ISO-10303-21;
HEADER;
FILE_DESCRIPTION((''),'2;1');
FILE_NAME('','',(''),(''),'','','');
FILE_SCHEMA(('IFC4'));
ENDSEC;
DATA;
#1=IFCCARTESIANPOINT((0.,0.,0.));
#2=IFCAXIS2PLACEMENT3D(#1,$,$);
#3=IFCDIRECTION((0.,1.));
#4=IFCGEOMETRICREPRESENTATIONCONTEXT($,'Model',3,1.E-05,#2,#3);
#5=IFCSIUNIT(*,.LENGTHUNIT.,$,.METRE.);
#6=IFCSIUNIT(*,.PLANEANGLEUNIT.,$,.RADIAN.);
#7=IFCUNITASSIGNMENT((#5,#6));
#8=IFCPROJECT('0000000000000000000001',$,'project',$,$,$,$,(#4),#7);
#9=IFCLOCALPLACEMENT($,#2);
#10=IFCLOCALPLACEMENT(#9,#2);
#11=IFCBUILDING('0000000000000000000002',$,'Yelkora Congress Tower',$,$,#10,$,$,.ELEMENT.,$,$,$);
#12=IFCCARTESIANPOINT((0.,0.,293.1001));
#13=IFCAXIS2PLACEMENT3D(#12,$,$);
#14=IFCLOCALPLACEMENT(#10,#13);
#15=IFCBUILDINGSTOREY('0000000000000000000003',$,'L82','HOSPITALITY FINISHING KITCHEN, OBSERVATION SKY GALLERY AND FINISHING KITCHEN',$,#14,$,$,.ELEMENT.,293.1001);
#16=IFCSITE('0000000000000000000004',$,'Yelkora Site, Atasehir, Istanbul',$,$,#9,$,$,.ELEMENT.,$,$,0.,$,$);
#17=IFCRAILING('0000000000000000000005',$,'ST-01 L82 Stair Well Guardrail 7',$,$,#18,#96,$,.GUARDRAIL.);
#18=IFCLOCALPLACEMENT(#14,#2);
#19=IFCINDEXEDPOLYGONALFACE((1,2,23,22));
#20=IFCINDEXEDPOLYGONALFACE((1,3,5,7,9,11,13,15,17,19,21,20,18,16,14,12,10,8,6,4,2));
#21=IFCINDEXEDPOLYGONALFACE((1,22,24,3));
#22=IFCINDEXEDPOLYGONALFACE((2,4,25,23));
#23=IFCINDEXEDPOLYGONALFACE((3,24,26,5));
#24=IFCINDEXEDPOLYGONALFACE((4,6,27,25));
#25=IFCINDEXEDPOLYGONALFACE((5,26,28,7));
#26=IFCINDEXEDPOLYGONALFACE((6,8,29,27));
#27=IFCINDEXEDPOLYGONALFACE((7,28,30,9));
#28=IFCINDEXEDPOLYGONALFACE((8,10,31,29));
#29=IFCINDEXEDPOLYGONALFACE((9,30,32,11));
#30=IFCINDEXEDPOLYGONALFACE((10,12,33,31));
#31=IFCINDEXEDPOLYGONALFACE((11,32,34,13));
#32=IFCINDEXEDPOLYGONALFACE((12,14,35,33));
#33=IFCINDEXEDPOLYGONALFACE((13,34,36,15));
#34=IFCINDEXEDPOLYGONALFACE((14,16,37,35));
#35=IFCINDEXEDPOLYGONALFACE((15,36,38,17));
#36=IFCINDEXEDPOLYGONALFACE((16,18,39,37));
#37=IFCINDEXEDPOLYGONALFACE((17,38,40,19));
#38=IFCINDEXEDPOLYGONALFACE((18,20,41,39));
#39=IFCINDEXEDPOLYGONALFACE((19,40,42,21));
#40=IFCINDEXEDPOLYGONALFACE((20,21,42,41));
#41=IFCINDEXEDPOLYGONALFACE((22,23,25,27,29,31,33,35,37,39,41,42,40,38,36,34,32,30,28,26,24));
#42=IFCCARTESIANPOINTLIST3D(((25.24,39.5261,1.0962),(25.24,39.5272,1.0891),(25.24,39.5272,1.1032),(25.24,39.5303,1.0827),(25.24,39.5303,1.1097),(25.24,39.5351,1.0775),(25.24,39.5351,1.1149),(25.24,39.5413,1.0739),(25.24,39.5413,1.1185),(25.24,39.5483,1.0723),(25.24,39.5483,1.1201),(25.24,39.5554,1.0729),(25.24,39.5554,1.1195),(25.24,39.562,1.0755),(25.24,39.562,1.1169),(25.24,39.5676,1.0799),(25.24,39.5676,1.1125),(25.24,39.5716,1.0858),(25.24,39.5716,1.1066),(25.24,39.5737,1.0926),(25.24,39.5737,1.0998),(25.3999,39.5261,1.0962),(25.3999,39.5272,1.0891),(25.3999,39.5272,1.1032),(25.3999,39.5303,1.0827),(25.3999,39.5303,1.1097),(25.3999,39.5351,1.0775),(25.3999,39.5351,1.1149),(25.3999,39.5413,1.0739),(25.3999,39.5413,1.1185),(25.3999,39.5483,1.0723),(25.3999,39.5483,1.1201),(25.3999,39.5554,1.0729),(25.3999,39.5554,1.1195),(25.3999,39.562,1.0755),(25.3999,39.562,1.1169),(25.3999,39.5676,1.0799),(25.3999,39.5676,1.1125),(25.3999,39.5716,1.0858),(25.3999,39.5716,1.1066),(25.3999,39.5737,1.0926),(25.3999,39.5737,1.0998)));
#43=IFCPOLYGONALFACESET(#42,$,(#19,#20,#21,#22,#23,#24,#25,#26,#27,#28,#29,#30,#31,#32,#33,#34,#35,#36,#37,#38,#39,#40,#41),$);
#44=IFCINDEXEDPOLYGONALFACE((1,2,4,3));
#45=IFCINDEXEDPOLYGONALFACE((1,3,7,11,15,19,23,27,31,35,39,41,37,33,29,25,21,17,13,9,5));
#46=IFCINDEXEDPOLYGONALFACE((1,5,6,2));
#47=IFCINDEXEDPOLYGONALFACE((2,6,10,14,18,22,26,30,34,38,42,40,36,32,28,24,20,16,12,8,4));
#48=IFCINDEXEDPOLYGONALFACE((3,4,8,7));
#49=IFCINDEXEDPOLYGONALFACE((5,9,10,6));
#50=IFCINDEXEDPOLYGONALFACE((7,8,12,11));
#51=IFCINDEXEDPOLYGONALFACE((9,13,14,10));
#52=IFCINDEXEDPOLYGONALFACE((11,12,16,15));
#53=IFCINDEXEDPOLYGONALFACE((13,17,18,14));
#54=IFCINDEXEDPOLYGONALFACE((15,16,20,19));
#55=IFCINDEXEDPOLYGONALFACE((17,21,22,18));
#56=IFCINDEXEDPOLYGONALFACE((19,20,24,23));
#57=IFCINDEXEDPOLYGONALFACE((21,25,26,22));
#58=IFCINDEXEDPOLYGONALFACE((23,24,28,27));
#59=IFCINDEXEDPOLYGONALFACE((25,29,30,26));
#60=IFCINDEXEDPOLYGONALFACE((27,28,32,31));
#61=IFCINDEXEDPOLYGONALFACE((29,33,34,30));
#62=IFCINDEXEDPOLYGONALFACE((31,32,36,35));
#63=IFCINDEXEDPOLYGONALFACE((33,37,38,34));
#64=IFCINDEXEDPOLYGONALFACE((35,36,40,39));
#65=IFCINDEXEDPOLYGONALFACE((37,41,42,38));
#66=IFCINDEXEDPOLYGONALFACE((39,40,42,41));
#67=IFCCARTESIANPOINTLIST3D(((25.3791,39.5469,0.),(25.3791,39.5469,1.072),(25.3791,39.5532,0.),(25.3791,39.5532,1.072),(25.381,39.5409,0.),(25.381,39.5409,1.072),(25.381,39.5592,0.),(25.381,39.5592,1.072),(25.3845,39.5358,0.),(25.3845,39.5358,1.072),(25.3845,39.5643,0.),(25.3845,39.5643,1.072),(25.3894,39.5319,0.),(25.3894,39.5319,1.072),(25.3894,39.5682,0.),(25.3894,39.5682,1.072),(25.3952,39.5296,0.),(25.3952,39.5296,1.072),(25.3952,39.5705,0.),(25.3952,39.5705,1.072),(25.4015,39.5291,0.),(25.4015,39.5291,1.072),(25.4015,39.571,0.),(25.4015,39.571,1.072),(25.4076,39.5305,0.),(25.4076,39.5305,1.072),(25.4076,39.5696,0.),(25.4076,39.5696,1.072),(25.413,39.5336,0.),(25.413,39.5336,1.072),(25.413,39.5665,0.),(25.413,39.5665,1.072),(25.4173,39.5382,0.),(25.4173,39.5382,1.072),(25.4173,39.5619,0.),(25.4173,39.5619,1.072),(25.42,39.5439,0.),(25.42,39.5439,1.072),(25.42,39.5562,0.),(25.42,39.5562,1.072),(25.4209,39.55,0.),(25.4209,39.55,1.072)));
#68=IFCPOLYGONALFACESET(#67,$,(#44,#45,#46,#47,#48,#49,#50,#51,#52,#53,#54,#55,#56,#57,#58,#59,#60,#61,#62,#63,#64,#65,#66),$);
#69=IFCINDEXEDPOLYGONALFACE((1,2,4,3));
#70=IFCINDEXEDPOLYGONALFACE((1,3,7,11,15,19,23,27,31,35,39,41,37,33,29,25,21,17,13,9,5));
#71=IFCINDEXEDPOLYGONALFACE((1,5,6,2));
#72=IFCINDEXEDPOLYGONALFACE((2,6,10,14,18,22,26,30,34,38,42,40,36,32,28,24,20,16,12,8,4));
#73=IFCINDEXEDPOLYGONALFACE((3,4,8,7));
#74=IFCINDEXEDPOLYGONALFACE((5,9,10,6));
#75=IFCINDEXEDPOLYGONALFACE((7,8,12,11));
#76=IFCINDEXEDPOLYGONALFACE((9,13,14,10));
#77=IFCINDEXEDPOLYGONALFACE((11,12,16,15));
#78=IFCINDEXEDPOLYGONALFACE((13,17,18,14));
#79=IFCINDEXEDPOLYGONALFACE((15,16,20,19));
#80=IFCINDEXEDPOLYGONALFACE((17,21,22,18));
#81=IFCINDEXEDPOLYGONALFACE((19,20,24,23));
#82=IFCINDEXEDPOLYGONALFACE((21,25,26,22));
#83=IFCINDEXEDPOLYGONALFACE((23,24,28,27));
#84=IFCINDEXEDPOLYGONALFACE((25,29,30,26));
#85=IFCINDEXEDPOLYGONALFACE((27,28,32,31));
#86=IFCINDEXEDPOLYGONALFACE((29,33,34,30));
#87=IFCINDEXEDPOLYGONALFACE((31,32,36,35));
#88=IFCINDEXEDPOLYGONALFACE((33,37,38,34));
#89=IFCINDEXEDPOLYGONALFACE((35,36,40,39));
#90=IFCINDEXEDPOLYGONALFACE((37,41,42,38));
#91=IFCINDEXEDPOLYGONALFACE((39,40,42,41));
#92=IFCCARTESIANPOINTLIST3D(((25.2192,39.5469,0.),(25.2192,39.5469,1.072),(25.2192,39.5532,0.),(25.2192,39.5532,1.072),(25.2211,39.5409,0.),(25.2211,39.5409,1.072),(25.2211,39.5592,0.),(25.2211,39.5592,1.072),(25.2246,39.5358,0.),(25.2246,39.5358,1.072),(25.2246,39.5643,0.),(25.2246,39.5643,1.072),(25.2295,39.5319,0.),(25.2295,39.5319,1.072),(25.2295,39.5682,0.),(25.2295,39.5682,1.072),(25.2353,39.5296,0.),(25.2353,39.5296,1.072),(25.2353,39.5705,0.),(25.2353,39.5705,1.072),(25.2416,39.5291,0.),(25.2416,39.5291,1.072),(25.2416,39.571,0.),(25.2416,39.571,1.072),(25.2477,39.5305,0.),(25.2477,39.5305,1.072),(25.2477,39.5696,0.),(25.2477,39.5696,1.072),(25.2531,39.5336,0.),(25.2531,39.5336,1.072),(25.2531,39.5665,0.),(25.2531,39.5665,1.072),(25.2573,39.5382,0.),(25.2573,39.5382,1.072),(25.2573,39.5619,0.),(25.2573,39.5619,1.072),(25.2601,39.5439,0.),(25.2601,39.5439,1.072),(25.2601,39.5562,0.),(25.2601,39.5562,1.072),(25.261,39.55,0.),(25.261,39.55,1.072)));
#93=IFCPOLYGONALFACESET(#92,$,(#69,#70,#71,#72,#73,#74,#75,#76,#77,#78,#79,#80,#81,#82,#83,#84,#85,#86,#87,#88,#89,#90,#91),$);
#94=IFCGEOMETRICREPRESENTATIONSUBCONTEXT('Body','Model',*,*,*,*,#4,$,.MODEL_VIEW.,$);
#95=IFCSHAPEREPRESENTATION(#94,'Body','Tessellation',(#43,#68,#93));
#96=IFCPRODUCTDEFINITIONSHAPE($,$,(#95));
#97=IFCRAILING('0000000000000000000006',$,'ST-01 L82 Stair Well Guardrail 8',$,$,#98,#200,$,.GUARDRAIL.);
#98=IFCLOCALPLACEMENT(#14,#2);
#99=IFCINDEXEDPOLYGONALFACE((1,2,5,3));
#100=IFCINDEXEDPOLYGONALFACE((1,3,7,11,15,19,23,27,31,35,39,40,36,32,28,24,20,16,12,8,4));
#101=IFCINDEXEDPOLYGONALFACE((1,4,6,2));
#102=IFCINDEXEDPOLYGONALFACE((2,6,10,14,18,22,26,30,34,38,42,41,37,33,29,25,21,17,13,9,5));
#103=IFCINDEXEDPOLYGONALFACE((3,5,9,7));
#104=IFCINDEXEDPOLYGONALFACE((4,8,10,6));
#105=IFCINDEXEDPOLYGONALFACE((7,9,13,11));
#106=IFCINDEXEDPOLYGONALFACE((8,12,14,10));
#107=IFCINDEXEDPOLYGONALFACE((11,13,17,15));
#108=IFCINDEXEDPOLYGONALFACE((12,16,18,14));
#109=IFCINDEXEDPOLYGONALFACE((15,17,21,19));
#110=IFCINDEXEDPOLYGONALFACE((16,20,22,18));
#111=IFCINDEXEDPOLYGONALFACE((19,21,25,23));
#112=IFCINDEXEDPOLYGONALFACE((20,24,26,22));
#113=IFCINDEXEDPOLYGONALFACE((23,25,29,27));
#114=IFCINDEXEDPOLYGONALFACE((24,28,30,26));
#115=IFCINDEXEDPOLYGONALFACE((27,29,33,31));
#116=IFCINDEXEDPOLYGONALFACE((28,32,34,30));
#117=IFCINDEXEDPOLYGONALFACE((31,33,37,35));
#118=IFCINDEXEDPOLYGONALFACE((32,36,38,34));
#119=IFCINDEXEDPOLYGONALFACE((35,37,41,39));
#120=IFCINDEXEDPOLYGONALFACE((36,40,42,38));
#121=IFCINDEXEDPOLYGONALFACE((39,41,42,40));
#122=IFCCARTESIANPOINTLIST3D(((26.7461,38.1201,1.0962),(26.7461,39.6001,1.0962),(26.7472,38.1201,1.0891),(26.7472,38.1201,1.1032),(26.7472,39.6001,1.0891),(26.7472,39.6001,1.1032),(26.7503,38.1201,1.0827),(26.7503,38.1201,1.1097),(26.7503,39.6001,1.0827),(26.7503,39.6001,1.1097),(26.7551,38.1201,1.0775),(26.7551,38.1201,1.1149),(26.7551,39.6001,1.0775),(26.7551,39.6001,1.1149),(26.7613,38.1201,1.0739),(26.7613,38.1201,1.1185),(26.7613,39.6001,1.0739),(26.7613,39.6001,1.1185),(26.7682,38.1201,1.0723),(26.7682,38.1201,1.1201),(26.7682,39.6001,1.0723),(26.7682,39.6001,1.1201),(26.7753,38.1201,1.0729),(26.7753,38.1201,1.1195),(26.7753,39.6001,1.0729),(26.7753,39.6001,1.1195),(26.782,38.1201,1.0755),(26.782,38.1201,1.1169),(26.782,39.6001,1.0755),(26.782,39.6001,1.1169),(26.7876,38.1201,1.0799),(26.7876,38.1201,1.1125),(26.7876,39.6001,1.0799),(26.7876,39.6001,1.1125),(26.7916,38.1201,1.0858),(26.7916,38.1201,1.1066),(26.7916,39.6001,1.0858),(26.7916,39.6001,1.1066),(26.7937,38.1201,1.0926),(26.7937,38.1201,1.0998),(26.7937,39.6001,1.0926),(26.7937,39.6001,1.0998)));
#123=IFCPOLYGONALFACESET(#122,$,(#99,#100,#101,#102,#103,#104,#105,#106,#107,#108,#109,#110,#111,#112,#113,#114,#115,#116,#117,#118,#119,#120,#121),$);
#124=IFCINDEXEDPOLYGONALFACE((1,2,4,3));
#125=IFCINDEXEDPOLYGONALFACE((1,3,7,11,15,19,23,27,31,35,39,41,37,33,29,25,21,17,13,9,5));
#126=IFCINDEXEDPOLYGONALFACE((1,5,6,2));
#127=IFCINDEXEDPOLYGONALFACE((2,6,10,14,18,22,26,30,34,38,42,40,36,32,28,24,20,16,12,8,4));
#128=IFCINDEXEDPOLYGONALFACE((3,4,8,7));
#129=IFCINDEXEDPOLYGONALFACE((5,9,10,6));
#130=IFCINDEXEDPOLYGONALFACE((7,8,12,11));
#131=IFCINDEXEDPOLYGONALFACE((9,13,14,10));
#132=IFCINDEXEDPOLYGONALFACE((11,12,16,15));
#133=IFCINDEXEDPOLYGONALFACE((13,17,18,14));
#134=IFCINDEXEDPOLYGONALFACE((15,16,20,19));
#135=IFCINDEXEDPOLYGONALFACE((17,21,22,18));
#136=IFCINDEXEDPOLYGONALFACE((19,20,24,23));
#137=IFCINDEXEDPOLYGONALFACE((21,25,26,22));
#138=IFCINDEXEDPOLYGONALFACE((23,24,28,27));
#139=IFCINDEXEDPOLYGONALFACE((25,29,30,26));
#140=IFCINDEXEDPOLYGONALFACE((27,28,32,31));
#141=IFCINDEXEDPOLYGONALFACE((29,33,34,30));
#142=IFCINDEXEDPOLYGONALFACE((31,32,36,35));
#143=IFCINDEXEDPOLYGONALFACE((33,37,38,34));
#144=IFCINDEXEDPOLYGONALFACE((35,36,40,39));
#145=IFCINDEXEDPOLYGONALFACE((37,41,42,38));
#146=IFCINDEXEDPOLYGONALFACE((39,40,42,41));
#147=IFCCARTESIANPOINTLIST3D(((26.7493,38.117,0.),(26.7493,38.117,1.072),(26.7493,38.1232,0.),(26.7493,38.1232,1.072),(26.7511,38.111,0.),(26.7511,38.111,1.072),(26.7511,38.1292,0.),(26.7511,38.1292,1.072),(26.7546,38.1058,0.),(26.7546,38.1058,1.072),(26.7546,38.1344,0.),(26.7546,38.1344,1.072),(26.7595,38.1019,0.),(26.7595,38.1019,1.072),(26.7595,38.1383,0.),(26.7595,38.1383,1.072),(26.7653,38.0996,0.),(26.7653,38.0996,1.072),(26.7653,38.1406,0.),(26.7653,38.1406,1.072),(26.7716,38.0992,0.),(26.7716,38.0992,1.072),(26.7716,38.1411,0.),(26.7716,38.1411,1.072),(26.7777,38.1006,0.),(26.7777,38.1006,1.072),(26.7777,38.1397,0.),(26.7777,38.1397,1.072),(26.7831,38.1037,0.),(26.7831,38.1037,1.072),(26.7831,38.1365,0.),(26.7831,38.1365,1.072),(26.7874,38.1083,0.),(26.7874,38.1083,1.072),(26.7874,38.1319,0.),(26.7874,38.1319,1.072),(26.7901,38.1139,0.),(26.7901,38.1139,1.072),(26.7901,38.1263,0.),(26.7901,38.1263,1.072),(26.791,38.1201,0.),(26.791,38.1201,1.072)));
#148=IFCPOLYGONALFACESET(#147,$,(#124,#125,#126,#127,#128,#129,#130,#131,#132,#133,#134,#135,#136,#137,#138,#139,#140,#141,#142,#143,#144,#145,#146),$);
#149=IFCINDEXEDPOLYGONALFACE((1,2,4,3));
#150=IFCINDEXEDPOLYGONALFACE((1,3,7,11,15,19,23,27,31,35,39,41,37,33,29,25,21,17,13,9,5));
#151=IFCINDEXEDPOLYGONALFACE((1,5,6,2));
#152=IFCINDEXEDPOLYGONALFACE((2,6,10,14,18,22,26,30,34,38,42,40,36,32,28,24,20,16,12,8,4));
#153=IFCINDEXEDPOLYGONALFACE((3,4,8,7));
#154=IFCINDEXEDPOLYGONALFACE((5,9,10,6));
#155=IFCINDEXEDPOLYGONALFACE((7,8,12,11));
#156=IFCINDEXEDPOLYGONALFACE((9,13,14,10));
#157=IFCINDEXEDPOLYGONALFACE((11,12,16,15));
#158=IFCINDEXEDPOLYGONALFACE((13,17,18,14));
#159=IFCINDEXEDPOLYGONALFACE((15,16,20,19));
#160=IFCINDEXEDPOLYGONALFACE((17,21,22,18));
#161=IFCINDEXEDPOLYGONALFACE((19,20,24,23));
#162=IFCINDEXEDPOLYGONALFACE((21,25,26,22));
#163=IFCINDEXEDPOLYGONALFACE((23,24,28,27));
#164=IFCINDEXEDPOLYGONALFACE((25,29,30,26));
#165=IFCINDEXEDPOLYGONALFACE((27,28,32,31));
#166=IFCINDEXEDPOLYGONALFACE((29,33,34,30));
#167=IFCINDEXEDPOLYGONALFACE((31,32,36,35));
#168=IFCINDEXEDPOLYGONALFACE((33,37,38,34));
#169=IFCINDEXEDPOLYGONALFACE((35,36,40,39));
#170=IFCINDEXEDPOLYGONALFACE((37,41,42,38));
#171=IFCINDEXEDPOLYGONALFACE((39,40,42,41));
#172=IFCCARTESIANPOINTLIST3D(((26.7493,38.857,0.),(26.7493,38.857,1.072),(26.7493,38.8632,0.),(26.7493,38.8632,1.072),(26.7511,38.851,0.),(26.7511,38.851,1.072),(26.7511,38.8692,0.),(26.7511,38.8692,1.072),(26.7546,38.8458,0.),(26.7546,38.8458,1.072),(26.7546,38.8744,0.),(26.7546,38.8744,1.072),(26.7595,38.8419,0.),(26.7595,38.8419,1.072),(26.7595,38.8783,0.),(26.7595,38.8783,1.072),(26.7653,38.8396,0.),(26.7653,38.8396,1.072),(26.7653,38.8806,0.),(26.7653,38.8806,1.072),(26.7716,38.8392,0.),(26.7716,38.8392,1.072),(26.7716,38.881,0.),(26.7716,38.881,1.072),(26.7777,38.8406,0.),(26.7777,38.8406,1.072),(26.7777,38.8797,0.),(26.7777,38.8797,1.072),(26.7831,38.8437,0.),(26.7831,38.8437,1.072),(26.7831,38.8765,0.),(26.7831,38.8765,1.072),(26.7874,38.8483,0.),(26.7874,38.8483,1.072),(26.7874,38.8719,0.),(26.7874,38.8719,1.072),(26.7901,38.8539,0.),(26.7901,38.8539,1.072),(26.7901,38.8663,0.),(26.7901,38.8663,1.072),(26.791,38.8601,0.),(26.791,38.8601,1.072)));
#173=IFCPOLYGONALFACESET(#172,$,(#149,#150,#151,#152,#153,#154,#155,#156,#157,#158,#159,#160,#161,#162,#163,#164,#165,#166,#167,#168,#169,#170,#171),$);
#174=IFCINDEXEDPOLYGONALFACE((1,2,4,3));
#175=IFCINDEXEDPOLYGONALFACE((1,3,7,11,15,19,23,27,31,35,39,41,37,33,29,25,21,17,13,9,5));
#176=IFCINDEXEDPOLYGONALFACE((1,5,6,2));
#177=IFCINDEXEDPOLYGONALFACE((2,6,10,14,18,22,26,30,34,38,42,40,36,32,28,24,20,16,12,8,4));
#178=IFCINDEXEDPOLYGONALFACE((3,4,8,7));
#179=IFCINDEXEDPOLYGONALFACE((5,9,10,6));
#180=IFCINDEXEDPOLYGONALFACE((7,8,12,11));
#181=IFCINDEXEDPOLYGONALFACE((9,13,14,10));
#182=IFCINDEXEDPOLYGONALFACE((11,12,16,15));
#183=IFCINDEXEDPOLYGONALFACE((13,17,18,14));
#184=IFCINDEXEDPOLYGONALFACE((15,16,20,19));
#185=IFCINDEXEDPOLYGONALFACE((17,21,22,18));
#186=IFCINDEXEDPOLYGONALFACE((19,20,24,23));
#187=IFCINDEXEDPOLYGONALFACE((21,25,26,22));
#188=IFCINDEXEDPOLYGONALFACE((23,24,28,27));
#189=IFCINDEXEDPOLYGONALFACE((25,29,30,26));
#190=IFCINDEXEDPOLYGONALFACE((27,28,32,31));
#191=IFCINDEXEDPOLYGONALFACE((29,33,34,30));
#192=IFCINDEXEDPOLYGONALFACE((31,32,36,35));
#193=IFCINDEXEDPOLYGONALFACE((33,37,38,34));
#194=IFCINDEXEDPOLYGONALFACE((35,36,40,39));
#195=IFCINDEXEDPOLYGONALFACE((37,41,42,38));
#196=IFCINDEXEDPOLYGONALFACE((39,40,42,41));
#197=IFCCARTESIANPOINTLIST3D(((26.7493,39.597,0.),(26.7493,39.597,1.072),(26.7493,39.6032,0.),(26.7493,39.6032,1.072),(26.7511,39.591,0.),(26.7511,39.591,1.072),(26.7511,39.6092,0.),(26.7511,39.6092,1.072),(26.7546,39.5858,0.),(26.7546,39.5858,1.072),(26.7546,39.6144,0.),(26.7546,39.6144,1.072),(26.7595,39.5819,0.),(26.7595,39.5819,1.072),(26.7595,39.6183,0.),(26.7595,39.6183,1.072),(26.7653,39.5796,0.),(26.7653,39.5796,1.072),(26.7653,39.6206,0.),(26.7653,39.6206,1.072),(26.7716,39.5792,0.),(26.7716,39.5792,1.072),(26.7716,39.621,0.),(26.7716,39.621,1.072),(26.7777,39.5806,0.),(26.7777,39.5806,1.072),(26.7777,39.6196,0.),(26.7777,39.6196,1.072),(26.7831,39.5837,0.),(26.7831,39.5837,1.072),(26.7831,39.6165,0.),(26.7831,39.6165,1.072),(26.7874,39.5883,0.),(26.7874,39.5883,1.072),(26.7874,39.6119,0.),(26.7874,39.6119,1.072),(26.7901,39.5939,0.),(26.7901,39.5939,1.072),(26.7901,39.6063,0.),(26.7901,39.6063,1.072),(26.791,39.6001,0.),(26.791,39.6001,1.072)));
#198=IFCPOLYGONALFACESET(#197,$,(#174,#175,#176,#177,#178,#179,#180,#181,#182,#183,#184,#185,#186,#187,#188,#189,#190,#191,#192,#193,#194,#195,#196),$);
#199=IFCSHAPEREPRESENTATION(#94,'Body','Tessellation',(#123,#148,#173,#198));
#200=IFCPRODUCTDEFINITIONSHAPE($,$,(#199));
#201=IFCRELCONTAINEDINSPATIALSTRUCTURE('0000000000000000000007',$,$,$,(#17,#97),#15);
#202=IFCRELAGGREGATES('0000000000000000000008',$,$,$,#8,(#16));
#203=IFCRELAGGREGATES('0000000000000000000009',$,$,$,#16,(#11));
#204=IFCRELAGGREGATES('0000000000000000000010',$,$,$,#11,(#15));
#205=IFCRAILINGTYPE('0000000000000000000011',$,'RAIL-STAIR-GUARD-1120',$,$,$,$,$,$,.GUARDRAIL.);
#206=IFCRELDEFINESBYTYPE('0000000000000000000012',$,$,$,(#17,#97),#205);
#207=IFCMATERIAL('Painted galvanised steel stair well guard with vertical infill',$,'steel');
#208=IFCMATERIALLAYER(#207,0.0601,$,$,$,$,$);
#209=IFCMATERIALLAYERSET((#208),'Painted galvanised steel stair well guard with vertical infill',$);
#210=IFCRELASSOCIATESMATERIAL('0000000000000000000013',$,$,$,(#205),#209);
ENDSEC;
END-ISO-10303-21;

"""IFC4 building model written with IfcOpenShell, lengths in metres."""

from ifc_helpers import new_model, si_unit, direction, frame, origin, origin_2d, place, context, subcontext, project, spatial, circle, extrude, material, layer, layer_set, type_object, element, save


model = new_model("IFC4")

# Units and contexts
model_context = context("Model", 3, precision=1e-05, world=origin(), true_north=direction((0.0, 1.0)))
body_context = subcontext(model_context, "Body", "Model", "MODEL_VIEW")
ifc_project = project(units=[si_unit("LENGTHUNIT", "METRE"), si_unit("PLANEANGLEUNIT", "RADIAN")], contexts=[model_context])

# Site, building, storey
site_placement = place(None, origin())
site = spatial("IfcSite", under=ifc_project, at=site_placement, Name="Yelkora Site, Atasehir, Istanbul", CompositionType="ELEMENT", RefElevation=0.0)
building_placement = place(site_placement, origin())
building = spatial("IfcBuilding", under=site, at=building_placement, Name="Yelkora Congress Tower", CompositionType="ELEMENT")
storey_placement = place(building_placement, frame((0.0, 0.0, 293.1001)))
storey = spatial("IfcBuildingStorey", under=building, at=storey_placement, Name="L82", Description="HOSPITALITY FINISHING KITCHEN, OBSERVATION SKY GALLERY AND FINISHING KITCHEN", CompositionType="ELEMENT", Elevation=293.1001)

# Railings
ifc_material_1 = material(Name="Painted galvanised steel stair well guard with vertical infill", Category="steel")
ifc_layer_1 = layer(ifc_material_1, 0.0601)
ifc_layer_set_1 = layer_set([ifc_layer_1], Name="Painted galvanised steel stair well guard with vertical infill")
railing_type_1 = type_object("IfcRailingType", Name="RAIL-STAIR-GUARD-1120", PredefinedType="GUARDRAIL", material=ifc_layer_set_1)
railing_1_placement = place(storey_placement, frame((25.3999, 39.55, 0.0)))
element("IfcRailing", 1, at=railing_1_placement, inside=storey, type_object=railing_type_1, Name="ST-01 L82 Stair Well Guardrail 7", PredefinedType="GUARDRAIL", context=body_context, shape_type="SweptSolid", body=[
    extrude(circle(Radius=0.0239, at=origin_2d()), frame((0.0, 0.0, 1.0962), z_axis=(-1.0, 0.0, 0.0), x_axis=(0.0, -1.0, 0.0)), (0.0, 0.0, 1.0), 0.1599),
    extrude(circle(Radius=0.021, at=origin_2d()), origin(), (0.0, 0.0, 1.0), 1.072),
    extrude(circle(Radius=0.021, at=origin_2d()), frame((-0.1599, 0.0, 0.0)), (0.0, 0.0, 1.0), 1.072),
])
for number, where, name in (
    (2, (26.77, 38.1201, 0.0), "ST-01 L82 Stair Well Guardrail 8"),
):
    element("IfcRailing", number, at=place(storey_placement, frame(where)), inside=storey, type_object=railing_type_1, Name=name, PredefinedType="GUARDRAIL", context=body_context, shape_type="SweptSolid", body=[
        extrude(circle(Radius=0.0239, at=origin_2d()), frame((0.0, 0.0, 1.0962), z_axis=(0.0, 1.0, 0.0), x_axis=(-1.0, 0.0, 0.0)), (0.0, 0.0, 1.0), 1.48),
        extrude(circle(Radius=0.021, at=origin_2d()), origin(), (0.0, 0.0, 1.0), 1.072),
        extrude(circle(Radius=0.021, at=origin_2d()), frame((0.0, 0.74, 0.0)), (0.0, 0.0, 1.0), 1.072),
        extrude(circle(Radius=0.021, at=origin_2d()), frame((0.0, 1.48, 0.0)), (0.0, 0.0, 1.0), 1.072),
    ])

save(model, "model.ifc")
